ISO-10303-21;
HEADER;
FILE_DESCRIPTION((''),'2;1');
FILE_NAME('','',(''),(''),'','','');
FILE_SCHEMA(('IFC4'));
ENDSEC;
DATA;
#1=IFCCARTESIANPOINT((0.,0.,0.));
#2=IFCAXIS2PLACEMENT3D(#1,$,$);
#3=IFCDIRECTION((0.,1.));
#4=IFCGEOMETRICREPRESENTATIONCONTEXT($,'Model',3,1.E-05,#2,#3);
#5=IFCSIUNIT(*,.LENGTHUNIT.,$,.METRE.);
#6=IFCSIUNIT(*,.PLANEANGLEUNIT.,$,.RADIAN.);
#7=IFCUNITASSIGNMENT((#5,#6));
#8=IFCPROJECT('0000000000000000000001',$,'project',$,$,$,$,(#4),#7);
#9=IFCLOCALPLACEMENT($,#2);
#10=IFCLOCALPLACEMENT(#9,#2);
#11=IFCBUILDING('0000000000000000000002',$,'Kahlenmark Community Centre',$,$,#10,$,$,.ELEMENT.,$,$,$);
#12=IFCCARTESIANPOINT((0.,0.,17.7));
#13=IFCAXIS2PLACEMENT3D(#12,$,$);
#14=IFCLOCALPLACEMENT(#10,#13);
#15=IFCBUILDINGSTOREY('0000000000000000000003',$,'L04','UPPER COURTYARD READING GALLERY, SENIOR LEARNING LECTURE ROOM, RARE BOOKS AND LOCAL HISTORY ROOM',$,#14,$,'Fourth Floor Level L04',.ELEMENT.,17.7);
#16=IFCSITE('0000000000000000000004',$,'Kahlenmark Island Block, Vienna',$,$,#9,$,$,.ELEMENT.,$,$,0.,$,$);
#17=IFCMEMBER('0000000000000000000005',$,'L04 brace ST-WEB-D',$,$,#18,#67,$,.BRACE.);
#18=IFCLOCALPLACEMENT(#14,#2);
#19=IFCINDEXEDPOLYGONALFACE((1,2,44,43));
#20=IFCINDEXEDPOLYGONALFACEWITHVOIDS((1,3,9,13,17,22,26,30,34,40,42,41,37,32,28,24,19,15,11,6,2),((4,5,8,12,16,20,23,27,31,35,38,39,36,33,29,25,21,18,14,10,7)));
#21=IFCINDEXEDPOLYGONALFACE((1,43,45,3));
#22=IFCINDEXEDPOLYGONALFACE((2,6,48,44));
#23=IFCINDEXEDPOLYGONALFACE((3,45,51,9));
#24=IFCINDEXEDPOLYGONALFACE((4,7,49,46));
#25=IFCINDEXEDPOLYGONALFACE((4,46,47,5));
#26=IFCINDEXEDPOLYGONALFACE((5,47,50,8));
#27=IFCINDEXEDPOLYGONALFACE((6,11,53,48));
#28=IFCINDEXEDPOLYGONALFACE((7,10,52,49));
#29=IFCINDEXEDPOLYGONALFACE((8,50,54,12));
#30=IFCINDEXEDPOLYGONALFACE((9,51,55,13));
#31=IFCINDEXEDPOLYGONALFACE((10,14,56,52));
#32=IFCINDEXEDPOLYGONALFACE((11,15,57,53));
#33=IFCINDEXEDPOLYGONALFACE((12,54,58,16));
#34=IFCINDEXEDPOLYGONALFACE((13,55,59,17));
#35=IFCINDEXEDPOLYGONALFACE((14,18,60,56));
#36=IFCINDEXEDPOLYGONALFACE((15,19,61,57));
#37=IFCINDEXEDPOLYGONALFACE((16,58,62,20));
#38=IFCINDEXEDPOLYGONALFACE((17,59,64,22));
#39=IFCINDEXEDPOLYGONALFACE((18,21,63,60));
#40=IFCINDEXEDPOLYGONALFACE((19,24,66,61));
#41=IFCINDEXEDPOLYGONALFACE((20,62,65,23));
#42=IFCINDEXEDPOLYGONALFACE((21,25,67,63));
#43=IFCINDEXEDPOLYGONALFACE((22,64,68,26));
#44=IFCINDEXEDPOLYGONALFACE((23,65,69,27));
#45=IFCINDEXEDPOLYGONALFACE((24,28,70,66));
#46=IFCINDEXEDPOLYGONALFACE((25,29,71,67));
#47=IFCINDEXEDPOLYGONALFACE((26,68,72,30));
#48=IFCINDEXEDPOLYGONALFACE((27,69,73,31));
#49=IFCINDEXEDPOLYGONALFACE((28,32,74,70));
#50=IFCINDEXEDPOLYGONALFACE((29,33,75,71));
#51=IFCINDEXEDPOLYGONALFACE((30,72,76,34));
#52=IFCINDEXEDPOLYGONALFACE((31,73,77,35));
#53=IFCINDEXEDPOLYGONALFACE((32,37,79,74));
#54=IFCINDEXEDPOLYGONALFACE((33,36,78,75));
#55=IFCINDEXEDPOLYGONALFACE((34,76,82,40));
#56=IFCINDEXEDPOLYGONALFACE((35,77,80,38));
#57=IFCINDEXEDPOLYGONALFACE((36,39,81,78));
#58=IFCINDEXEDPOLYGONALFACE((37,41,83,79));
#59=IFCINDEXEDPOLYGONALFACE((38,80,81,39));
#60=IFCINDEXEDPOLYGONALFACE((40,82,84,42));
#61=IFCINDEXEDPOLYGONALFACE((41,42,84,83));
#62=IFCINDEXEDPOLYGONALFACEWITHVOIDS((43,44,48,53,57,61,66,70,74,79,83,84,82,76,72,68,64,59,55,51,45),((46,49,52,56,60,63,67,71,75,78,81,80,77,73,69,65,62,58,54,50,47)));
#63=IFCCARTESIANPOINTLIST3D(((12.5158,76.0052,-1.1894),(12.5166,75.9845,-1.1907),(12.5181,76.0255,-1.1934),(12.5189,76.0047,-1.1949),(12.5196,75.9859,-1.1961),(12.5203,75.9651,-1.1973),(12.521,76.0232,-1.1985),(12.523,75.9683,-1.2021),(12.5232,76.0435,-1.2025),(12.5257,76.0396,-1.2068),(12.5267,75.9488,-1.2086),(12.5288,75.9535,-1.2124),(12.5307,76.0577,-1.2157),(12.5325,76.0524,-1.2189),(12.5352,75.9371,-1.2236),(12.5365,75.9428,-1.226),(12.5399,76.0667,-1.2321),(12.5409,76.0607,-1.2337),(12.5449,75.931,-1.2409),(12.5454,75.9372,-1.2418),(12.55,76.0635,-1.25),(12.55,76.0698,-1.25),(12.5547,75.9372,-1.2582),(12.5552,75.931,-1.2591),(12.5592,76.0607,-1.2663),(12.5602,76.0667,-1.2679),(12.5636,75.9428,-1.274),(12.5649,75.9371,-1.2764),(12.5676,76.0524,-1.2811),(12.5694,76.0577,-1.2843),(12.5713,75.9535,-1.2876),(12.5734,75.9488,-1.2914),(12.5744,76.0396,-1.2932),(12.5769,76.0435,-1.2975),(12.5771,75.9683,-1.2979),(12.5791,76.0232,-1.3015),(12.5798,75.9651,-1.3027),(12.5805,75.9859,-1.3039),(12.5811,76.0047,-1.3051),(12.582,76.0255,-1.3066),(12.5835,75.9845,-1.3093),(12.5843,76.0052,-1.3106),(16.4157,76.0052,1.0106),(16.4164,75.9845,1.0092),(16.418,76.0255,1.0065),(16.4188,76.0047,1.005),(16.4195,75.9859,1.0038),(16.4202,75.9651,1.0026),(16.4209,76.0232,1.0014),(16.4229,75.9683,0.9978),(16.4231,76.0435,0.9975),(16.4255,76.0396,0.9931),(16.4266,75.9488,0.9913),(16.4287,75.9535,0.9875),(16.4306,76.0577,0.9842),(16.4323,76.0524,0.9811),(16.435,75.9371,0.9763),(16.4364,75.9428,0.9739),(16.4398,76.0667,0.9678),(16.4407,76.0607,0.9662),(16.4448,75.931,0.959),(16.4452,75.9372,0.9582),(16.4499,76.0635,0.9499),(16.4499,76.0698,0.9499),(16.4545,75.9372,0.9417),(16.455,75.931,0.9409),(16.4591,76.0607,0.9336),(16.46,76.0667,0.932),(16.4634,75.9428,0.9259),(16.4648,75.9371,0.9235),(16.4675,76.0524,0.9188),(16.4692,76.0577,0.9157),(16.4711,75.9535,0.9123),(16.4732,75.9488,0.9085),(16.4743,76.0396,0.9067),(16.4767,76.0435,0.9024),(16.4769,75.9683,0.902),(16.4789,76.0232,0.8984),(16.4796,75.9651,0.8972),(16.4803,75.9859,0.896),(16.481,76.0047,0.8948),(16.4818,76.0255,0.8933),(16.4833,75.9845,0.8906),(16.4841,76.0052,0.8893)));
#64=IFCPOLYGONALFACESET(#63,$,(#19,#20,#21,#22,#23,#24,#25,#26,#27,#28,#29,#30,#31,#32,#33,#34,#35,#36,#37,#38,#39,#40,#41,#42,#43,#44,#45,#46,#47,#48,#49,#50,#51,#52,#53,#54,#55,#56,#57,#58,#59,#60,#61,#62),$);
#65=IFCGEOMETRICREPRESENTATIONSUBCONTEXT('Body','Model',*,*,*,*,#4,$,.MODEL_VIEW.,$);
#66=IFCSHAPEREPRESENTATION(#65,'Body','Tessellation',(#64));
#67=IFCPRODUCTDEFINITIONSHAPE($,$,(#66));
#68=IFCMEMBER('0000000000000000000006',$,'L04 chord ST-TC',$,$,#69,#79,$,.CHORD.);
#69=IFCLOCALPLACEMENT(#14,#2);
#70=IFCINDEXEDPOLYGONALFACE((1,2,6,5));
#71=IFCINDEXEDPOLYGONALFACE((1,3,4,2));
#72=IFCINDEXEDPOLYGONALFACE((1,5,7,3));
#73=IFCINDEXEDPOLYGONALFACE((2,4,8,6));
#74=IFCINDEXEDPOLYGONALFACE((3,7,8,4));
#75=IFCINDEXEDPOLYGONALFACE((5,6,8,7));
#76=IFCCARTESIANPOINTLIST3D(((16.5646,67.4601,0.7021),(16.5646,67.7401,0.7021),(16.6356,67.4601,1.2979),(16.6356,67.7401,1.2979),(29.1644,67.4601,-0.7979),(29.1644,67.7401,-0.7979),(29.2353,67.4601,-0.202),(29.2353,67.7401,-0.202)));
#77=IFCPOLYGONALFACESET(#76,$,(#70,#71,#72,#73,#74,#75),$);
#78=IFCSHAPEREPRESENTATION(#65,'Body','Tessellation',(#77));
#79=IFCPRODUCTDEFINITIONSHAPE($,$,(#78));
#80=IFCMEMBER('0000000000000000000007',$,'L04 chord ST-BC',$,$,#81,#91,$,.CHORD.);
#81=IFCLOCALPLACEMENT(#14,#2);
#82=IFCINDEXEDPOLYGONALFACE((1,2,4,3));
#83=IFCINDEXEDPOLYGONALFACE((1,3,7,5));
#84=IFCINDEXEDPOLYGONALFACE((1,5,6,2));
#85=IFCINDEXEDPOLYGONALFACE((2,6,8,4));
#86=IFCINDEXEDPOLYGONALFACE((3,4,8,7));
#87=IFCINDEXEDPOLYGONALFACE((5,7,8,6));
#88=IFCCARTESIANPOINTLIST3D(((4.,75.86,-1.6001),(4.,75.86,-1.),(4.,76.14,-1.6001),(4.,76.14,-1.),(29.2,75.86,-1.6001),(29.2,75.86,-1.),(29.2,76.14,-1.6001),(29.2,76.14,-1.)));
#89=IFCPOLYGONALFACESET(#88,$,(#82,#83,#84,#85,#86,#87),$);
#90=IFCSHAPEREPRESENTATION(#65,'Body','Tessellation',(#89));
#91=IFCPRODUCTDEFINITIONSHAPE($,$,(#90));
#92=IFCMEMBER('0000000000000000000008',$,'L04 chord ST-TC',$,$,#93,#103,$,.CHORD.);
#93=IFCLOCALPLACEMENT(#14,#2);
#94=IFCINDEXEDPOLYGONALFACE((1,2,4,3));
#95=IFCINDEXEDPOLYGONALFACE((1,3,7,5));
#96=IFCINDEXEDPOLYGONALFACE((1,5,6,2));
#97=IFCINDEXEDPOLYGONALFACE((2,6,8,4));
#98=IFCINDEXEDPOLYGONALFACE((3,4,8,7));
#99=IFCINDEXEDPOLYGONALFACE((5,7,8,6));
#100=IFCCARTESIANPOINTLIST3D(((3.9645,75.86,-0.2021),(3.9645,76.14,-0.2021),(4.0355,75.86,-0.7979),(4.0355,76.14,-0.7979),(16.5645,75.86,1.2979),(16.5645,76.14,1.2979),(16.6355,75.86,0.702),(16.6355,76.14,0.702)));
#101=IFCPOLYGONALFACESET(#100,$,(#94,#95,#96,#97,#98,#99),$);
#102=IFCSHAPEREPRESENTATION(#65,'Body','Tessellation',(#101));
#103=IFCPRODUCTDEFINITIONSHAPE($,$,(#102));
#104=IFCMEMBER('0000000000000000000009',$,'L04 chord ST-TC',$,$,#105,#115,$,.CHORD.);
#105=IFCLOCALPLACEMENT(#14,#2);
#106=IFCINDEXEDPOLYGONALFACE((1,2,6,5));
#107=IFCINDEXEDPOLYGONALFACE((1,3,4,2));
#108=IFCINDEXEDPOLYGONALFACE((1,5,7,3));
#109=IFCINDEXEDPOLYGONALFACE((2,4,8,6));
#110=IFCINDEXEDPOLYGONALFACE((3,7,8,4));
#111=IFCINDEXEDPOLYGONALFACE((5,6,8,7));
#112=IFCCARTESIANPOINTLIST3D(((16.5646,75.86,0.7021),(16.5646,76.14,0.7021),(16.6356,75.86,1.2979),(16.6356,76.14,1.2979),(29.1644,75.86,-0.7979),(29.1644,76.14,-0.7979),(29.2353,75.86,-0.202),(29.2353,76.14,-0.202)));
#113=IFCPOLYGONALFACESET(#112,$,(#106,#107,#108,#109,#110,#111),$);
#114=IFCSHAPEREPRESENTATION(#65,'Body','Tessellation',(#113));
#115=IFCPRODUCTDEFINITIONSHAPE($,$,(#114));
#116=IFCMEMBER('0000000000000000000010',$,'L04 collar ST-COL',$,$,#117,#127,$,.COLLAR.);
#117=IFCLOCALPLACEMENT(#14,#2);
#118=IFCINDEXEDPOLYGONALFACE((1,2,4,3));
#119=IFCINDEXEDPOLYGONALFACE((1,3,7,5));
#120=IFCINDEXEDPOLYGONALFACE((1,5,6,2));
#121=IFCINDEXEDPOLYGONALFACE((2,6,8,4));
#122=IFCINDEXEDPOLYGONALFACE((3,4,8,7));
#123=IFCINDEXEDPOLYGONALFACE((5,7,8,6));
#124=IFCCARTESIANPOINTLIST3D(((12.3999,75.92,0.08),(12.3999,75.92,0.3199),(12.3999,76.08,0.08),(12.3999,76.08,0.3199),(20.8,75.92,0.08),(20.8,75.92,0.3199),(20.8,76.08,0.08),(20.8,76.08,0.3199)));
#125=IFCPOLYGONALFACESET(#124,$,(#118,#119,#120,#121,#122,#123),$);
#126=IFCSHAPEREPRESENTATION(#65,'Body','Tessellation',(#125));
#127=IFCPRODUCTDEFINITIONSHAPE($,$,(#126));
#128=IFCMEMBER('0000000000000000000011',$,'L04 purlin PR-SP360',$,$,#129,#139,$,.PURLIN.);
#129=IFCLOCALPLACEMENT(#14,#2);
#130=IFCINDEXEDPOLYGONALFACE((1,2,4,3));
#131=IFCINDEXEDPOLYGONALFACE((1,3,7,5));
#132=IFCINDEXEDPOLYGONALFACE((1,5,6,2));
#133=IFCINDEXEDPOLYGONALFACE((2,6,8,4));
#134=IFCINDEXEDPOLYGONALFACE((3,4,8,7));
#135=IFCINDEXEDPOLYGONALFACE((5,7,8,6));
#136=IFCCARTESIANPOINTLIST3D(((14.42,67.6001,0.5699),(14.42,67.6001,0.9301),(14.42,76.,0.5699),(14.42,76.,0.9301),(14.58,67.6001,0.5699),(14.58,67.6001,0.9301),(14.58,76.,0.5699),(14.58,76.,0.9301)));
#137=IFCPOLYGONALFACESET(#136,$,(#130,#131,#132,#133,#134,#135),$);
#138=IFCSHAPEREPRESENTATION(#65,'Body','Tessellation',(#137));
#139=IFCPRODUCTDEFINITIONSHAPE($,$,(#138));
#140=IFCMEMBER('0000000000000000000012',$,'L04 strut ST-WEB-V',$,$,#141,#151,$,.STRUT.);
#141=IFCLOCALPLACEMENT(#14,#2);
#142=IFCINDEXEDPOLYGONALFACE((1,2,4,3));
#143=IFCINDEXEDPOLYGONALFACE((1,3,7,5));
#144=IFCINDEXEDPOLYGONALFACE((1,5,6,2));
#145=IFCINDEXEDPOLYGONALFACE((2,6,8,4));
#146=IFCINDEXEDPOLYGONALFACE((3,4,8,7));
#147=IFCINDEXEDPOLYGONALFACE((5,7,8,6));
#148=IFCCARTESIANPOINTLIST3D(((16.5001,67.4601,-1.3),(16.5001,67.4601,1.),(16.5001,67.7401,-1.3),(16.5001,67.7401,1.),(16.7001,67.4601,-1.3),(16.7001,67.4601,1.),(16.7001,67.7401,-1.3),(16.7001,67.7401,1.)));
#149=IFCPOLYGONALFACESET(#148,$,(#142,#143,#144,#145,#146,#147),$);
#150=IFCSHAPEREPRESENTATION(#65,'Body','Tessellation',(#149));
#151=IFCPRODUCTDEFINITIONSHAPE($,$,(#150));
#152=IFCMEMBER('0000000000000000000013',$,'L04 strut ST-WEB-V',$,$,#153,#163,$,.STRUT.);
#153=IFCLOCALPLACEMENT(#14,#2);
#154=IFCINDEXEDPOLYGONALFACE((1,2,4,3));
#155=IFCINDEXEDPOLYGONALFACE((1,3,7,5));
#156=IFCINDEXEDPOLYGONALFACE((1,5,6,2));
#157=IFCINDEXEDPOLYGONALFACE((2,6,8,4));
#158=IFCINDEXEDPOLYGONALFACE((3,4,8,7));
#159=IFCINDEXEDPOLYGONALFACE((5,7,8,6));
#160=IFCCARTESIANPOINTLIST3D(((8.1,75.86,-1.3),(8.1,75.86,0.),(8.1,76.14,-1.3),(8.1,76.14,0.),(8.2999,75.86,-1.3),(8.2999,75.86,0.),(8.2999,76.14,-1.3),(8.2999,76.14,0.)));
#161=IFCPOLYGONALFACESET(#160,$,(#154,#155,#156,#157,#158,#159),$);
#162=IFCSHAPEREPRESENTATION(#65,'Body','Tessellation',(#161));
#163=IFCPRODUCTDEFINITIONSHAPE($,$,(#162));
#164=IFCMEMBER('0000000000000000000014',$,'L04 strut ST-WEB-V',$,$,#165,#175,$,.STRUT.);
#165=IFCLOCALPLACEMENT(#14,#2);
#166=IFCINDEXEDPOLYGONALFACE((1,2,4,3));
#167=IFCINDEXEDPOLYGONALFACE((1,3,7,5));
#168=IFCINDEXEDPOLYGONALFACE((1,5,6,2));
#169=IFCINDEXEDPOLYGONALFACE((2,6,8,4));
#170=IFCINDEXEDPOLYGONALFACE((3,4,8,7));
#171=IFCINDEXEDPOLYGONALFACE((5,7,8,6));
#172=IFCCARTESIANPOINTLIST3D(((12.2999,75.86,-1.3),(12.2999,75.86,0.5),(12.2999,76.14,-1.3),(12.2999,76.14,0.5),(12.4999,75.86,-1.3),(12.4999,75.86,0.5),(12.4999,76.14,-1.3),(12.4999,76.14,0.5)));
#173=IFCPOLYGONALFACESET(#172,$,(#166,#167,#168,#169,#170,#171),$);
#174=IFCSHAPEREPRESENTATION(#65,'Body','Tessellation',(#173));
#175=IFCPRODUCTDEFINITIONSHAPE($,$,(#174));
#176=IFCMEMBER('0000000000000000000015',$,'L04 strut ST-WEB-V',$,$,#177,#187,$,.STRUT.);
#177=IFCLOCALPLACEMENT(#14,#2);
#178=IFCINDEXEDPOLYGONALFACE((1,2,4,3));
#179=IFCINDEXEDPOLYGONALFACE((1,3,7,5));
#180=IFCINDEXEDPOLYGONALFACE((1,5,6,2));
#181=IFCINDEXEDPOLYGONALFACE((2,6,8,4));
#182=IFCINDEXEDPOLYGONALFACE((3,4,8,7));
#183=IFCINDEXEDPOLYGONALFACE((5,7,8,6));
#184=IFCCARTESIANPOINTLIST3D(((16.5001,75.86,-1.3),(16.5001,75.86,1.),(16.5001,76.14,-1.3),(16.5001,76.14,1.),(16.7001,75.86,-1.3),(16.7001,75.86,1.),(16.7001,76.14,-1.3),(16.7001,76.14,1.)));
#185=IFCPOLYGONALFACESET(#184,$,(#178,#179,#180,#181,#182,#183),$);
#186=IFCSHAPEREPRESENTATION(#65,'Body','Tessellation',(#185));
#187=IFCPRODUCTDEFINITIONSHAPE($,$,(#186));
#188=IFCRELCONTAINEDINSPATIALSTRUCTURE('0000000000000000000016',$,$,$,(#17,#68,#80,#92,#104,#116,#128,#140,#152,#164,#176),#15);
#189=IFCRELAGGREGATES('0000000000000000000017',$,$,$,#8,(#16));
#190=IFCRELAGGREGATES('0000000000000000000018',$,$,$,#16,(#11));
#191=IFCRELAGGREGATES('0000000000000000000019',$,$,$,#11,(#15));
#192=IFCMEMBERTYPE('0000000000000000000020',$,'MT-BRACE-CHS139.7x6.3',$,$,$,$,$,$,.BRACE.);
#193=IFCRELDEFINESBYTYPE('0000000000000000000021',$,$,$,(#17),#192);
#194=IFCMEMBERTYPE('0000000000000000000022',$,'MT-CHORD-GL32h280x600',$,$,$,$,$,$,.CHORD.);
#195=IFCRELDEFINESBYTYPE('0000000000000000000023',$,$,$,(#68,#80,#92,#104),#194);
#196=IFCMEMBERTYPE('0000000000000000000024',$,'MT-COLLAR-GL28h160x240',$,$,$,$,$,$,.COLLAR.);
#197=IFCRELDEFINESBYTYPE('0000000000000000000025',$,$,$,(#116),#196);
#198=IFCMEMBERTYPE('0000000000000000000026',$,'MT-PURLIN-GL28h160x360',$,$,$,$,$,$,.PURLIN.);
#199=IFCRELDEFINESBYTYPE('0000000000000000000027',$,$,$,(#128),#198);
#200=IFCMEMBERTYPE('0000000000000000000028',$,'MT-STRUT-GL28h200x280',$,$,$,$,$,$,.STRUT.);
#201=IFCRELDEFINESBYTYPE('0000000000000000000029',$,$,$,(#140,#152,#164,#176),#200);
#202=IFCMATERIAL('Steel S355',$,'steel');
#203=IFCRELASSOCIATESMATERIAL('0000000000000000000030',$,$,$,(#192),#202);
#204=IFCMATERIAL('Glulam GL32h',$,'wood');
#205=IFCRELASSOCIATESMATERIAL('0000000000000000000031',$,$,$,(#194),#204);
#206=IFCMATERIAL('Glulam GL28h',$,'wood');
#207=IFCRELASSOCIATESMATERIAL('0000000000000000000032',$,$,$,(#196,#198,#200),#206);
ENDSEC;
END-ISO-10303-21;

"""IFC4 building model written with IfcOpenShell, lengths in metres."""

from ifc_helpers import new_model, si_unit, direction, frame, origin, origin_2d, place, context, subcontext, project, spatial, rectangle, hollow_circle, extrude, material, material_profile, profile_set, type_object, element, save


model = new_model("IFC4")

# Units and contexts
model_context = context("Model", 3, precision=1e-05, world=origin(), true_north=direction((0.0, 1.0)))
body_context = subcontext(model_context, "Body", "Model", "MODEL_VIEW")
ifc_project = project(units=[si_unit("LENGTHUNIT", "METRE"), si_unit("PLANEANGLEUNIT", "RADIAN")], contexts=[model_context])

# Site, building, storey
site_placement = place(None, origin())
site = spatial("IfcSite", under=ifc_project, at=site_placement, Name="Kahlenmark Island Block, Vienna", CompositionType="ELEMENT", RefElevation=0.0)
building_placement = place(site_placement, origin())
building = spatial("IfcBuilding", under=site, at=building_placement, Name="Kahlenmark Community Centre", CompositionType="ELEMENT")
storey_placement = place(building_placement, frame((0.0, 0.0, 17.7)))
storey = spatial("IfcBuildingStorey", under=building, at=storey_placement, Name="L04", Description="UPPER COURTYARD READING GALLERY, SENIOR LEARNING LECTURE ROOM, RARE BOOKS AND LOCAL HISTORY ROOM", LongName="Fourth Floor Level L04", CompositionType="ELEMENT", Elevation=17.7)

# Shared definitions
ifc_material_1 = material(Name="Glulam GL32h", Category="wood")

# Members
ifc_material_2 = material(Name="Steel S355", Category="steel")
ifc_material_profile_1 = material_profile(ifc_material_2, hollow_circle(Radius=0.0698, WallThickness=0.0063, at=origin_2d()), Name="CHS 139.7x6.3")
ifc_profile_set_1 = profile_set([ifc_material_profile_1], Name="Steel S355")
member_type_1 = type_object("IfcMemberType", Name="MT-BRACE-CHS139.7x6.3", PredefinedType="BRACE", material=ifc_profile_set_1)
member_1_placement = place(storey_placement, frame((12.55, 76.0, -1.25), z_axis=(0.870978, 0.0, 0.491322), x_axis=(0.0, 1.0, 0.0)))
element("IfcMember", 1, at=member_1_placement, inside=storey, type_object=member_type_1, Name="L04 brace ST-WEB-D", PredefinedType="BRACE", context=body_context, shape_type="SweptSolid", body=[
    extrude(hollow_circle(Radius=0.0698, WallThickness=0.0063, at=origin_2d()), origin(), (0.0, 0.0, 1.0), 4.4775),
])
ifc_material_profile_2 = material_profile(ifc_material_1, rectangle(XDim=0.28, YDim=0.6001, at=origin_2d()), Name="GL32h 280x600")
ifc_profile_set_2 = profile_set([ifc_material_profile_2], Name="Glulam GL32h")
member_type_2 = type_object("IfcMemberType", Name="MT-CHORD-GL32h280x600", PredefinedType="CHORD", material=ifc_profile_set_2)
member_2_placement = place(storey_placement, frame((16.6001, 67.6001, 1.0), z_axis=(0.992988, 0.0, -0.118214), x_axis=(0.0, 1.0, 0.0)))
element("IfcMember", 2, at=member_2_placement, inside=storey, type_object=member_type_2, Name="L04 chord ST-TC", PredefinedType="CHORD", context=body_context, shape_type="SweptSolid", body=[
    extrude(rectangle(XDim=0.28, YDim=0.6001, at=origin_2d()), origin(), (0.0, 0.0, 1.0), 12.6887),
])
member_3_placement = place(storey_placement, frame((4.0, 76.0, -1.3), z_axis=(1.0, 0.0, 0.0), x_axis=(0.0, 1.0, 0.0)))
element("IfcMember", 3, at=member_3_placement, inside=storey, type_object=member_type_2, Name="L04 chord ST-BC", PredefinedType="CHORD", context=body_context, shape_type="SweptSolid", body=[
    extrude(rectangle(XDim=0.28, YDim=0.6001, at=origin_2d()), origin(), (0.0, 0.0, 1.0), 25.2),
])
member_4_placement = place(storey_placement, frame((4.0, 76.0, -0.5), z_axis=(0.992988, 0.0, 0.118212), x_axis=(0.0, 1.0, 0.0)))
element("IfcMember", 4, at=member_4_placement, inside=storey, type_object=member_type_2, Name="L04 chord ST-TC", PredefinedType="CHORD", context=body_context, shape_type="SweptSolid", body=[
    extrude(rectangle(XDim=0.28, YDim=0.6001, at=origin_2d()), origin(), (0.0, 0.0, 1.0), 12.689),
])
member_5_placement = place(storey_placement, frame((16.6001, 76.0, 1.0), z_axis=(0.992988, 0.0, -0.118214), x_axis=(0.0, 1.0, 0.0)))
element("IfcMember", 5, at=member_5_placement, inside=storey, type_object=member_type_2, Name="L04 chord ST-TC", PredefinedType="CHORD", context=body_context, shape_type="SweptSolid", body=[
    extrude(rectangle(XDim=0.28, YDim=0.6001, at=origin_2d()), origin(), (0.0, 0.0, 1.0), 12.6887),
])
ifc_material_3 = material(Name="Glulam GL28h", Category="wood")
ifc_material_profile_3 = material_profile(ifc_material_3, rectangle(XDim=0.1599, YDim=0.24, at=origin_2d()), Name="GL28h 160x240")
ifc_profile_set_3 = profile_set([ifc_material_profile_3], Name="Glulam GL28h")
member_type_3 = type_object("IfcMemberType", Name="MT-COLLAR-GL28h160x240", PredefinedType="COLLAR", material=ifc_profile_set_3)
member_6_placement = place(storey_placement, frame((12.3999, 76.0, 0.2), z_axis=(1.0, 0.0, 0.0), x_axis=(0.0, 1.0, 0.0)))
element("IfcMember", 6, at=member_6_placement, inside=storey, type_object=member_type_3, Name="L04 collar ST-COL", PredefinedType="COLLAR", context=body_context, shape_type="SweptSolid", body=[
    extrude(rectangle(XDim=0.1599, YDim=0.24, at=origin_2d()), origin(), (0.0, 0.0, 1.0), 8.4001),
])
ifc_material_profile_4 = material_profile(ifc_material_3, rectangle(XDim=0.1599, YDim=0.3601, at=origin_2d()), Name="GL28h 160x360")
ifc_profile_set_4 = profile_set([ifc_material_profile_4], Name="Glulam GL28h")
member_type_4 = type_object("IfcMemberType", Name="MT-PURLIN-GL28h160x360", PredefinedType="PURLIN", material=ifc_profile_set_4)
member_7_placement = place(storey_placement, frame((14.5, 67.6001, 0.75), z_axis=(0.0, 1.0, 0.0), x_axis=(-1.0, 0.0, 0.0)))
element("IfcMember", 7, at=member_7_placement, inside=storey, type_object=member_type_4, Name="L04 purlin PR-SP360", PredefinedType="PURLIN", context=body_context, shape_type="SweptSolid", body=[
    extrude(rectangle(XDim=0.1599, YDim=0.3601, at=origin_2d()), origin(), (0.0, 0.0, 1.0), 8.3999),
])
ifc_material_profile_5 = material_profile(ifc_material_3, rectangle(XDim=0.2, YDim=0.28, at=origin_2d()), Name="GL28h 200x280")
ifc_profile_set_5 = profile_set([ifc_material_profile_5], Name="Glulam GL28h")
member_type_5 = type_object("IfcMemberType", Name="MT-STRUT-GL28h200x280", PredefinedType="STRUT", material=ifc_profile_set_5)
member_8_placement = place(storey_placement, frame((16.6001, 67.6001, -1.3), z_axis=(0.0, 0.0, 1.0), x_axis=(1.0, 0.0, 0.0)))
element("IfcMember", 8, at=member_8_placement, inside=storey, type_object=member_type_5, Name="L04 strut ST-WEB-V", PredefinedType="STRUT", context=body_context, shape_type="SweptSolid", body=[
    extrude(rectangle(XDim=0.2, YDim=0.28, at=origin_2d()), origin(), (0.0, 0.0, 1.0), 2.3),
])
member_9_placement = place(storey_placement, frame((8.2, 76.0, -1.3), z_axis=(0.0, 0.0, 1.0), x_axis=(1.0, 0.0, 0.0)))
element("IfcMember", 9, at=member_9_placement, inside=storey, type_object=member_type_5, Name="L04 strut ST-WEB-V", PredefinedType="STRUT", context=body_context, shape_type="SweptSolid", body=[
    extrude(rectangle(XDim=0.2, YDim=0.28, at=origin_2d()), origin(), (0.0, 0.0, 1.0), 1.3),
])
member_10_placement = place(storey_placement, frame((12.3999, 76.0, -1.3), z_axis=(0.0, 0.0, 1.0), x_axis=(1.0, 0.0, 0.0)))
element("IfcMember", 10, at=member_10_placement, inside=storey, type_object=member_type_5, Name="L04 strut ST-WEB-V", PredefinedType="STRUT", context=body_context, shape_type="SweptSolid", body=[
    extrude(rectangle(XDim=0.2, YDim=0.28, at=origin_2d()), origin(), (0.0, 0.0, 1.0), 1.8),
])
member_11_placement = place(storey_placement, frame((16.6001, 76.0, -1.3), z_axis=(0.0, 0.0, 1.0), x_axis=(1.0, 0.0, 0.0)))
element("IfcMember", 11, at=member_11_placement, inside=storey, type_object=member_type_5, Name="L04 strut ST-WEB-V", PredefinedType="STRUT", context=body_context, shape_type="SweptSolid", body=[
    extrude(rectangle(XDim=0.2, YDim=0.28, at=origin_2d()), origin(), (0.0, 0.0, 1.0), 2.3),
])

save(model, "model.ifc")
